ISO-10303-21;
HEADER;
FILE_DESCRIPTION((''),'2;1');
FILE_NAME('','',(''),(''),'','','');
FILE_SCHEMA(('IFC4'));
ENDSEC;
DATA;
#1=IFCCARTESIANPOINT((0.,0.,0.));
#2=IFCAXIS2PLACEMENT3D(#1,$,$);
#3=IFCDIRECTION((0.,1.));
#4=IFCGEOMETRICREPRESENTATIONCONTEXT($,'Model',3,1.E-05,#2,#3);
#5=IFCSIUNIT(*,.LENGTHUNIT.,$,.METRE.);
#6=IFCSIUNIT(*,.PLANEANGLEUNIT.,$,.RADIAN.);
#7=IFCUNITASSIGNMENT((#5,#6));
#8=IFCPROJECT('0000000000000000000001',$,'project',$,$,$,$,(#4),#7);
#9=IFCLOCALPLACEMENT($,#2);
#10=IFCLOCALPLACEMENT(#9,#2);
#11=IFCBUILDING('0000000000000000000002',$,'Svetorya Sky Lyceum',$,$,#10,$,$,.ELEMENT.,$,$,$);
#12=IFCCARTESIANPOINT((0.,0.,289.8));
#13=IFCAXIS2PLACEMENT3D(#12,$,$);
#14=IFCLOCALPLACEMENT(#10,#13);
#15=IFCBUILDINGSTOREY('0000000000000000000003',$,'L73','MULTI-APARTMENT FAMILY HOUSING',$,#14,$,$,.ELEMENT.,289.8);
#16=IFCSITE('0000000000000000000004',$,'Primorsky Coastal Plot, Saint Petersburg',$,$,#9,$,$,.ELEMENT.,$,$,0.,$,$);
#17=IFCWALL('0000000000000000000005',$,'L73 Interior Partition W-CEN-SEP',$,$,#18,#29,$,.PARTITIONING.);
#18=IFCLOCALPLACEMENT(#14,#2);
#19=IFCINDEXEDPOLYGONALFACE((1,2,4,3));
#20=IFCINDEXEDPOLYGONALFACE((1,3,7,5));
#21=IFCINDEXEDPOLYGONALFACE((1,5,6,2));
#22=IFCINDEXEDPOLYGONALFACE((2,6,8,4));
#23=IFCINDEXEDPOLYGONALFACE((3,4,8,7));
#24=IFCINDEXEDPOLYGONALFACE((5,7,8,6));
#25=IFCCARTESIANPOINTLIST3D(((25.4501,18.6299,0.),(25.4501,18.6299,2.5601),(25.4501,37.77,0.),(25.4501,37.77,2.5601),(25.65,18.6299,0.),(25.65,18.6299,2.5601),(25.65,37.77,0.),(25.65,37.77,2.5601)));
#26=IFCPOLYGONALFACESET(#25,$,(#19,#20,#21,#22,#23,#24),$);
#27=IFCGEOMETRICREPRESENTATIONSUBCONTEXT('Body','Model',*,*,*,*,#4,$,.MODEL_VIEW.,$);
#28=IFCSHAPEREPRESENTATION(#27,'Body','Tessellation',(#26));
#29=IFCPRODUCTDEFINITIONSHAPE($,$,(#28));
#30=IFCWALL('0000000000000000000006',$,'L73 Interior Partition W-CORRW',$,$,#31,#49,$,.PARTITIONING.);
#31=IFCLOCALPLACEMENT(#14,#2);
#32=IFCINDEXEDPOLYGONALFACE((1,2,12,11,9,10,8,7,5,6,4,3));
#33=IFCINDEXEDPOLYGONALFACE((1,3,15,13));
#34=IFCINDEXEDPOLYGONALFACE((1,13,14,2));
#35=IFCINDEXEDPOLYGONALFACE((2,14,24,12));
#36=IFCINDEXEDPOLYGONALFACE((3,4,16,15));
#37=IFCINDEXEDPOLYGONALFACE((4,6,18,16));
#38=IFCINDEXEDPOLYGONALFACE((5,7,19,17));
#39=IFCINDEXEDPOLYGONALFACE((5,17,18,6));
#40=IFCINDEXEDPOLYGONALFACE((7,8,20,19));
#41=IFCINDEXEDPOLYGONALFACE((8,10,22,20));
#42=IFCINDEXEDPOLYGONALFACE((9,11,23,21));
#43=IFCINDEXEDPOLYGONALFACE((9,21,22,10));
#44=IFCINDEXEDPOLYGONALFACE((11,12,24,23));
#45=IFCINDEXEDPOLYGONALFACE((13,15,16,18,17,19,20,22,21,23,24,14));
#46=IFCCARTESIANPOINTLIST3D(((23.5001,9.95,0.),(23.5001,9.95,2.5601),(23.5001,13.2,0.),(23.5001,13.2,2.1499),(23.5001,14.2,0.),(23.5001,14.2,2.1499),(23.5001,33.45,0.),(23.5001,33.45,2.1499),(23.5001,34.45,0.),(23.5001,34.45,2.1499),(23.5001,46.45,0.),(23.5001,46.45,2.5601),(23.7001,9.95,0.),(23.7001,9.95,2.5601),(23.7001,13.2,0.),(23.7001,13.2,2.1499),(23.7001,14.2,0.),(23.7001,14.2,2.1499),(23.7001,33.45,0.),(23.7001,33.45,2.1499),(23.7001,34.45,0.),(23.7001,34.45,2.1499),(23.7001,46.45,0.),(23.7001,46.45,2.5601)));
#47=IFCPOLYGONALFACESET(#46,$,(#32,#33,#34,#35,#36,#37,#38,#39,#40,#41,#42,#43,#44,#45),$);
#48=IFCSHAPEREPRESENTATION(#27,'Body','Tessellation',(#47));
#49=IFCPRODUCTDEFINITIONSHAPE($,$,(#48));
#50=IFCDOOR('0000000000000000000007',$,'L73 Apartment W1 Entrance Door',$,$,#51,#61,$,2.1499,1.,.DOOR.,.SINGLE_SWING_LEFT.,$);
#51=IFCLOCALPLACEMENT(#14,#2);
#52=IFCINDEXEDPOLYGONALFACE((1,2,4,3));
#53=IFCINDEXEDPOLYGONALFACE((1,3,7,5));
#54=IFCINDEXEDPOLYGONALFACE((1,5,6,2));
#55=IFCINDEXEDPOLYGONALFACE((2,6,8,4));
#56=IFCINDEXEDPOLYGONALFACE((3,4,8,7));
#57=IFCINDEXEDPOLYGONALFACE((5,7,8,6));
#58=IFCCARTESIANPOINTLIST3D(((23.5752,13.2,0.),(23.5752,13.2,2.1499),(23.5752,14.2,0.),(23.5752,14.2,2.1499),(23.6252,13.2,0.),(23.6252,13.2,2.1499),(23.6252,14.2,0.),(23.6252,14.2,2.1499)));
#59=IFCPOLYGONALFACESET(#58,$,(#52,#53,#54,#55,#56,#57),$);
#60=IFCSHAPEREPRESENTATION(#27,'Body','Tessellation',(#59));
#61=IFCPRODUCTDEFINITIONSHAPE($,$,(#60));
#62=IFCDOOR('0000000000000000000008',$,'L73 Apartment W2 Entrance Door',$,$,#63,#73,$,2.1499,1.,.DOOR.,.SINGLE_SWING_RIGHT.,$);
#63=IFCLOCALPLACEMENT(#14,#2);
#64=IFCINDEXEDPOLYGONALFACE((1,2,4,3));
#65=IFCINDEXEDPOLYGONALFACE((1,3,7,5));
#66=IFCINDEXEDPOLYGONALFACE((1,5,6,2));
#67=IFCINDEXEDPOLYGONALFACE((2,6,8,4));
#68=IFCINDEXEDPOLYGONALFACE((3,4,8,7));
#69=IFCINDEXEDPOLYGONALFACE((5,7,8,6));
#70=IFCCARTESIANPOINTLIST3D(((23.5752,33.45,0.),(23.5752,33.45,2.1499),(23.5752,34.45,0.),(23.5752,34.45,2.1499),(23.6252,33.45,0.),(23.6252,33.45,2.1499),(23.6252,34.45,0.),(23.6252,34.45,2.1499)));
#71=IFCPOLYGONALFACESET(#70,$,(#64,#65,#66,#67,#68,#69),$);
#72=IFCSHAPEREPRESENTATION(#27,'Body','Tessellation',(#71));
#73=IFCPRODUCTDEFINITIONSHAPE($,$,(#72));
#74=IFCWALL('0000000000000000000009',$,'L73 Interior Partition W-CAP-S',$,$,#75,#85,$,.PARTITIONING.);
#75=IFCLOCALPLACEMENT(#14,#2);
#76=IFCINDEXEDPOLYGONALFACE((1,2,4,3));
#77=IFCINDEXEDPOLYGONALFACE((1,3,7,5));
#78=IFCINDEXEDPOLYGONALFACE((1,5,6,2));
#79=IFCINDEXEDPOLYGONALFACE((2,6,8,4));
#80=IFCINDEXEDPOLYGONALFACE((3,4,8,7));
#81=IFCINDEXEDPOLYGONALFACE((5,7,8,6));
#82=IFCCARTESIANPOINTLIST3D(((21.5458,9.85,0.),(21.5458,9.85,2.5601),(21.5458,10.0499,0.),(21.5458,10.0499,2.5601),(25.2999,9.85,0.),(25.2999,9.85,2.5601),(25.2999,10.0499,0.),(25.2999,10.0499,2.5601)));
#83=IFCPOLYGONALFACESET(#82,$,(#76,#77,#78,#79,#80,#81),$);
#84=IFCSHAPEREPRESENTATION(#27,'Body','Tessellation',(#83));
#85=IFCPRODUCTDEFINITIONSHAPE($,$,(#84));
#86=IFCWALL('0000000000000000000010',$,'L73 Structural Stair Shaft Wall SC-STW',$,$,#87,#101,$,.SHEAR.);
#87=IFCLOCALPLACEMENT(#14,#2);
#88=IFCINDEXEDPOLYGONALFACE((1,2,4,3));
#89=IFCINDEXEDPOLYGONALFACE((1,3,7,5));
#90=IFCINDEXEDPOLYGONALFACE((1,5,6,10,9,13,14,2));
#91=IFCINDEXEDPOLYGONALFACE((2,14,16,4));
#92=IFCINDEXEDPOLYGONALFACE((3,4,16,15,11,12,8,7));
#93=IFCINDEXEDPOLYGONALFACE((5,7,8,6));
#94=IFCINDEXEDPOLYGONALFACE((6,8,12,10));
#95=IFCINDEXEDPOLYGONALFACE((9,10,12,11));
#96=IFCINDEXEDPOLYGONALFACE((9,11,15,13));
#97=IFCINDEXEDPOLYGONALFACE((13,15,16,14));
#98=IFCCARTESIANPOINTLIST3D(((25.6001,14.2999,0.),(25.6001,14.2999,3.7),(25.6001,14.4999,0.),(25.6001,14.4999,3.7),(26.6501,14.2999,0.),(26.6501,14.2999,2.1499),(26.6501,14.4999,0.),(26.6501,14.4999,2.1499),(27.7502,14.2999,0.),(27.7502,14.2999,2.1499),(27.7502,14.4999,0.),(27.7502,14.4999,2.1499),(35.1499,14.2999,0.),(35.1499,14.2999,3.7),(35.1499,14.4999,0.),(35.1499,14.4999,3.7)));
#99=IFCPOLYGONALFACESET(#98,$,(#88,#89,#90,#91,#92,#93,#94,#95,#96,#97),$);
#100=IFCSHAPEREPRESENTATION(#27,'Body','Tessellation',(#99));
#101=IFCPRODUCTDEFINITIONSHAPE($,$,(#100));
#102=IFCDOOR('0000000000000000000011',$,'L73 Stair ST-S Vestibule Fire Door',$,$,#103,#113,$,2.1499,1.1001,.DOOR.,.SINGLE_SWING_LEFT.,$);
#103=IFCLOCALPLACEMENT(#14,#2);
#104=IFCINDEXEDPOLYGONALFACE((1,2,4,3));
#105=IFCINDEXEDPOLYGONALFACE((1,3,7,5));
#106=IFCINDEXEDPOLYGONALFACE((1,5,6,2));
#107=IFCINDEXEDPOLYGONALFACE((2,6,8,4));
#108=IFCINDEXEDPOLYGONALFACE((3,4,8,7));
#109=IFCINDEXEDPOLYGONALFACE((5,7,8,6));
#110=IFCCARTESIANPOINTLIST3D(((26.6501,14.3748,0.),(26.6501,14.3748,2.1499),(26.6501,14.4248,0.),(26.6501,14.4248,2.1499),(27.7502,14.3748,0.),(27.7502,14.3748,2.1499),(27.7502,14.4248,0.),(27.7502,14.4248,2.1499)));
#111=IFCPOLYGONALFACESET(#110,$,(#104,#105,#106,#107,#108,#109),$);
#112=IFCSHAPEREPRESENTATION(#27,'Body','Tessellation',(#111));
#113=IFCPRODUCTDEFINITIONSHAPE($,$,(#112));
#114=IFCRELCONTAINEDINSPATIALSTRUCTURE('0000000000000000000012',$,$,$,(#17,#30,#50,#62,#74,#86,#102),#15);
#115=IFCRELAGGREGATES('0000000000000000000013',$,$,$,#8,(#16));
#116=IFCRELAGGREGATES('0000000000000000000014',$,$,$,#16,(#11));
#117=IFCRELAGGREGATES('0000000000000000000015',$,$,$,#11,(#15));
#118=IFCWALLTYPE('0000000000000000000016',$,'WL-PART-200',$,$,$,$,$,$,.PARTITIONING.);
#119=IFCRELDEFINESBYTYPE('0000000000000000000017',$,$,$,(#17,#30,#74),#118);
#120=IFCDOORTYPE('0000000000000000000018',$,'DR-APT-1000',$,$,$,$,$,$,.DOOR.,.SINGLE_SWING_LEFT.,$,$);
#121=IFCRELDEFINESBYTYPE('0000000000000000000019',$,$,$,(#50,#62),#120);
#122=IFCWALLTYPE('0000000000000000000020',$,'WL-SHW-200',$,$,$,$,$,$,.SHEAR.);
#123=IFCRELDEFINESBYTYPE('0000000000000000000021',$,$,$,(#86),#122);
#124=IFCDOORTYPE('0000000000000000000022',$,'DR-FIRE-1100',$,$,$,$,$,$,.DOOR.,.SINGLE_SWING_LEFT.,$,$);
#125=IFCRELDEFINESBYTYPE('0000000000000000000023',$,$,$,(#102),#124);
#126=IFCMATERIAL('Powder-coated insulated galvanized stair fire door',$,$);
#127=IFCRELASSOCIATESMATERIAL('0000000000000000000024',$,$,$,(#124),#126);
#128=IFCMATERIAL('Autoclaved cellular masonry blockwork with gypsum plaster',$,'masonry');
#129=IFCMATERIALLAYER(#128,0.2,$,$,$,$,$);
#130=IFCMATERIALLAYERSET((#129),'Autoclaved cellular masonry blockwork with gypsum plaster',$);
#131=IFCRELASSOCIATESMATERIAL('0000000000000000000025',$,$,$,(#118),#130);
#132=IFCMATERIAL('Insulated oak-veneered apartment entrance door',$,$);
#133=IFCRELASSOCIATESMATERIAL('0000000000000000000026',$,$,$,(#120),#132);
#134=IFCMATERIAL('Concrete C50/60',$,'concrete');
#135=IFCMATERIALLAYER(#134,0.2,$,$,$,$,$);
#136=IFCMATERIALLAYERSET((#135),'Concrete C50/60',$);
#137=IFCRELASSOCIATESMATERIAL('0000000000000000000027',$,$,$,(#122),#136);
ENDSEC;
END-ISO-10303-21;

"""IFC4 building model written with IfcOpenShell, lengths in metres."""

from ifc_helpers import new_model, si_unit, direction, frame, frame_2d, origin, place, context, subcontext, project, spatial, rectangle, extrude, material, layer, layer_set, type_object, element, fill, save


model = new_model("IFC4")

# Units and contexts
model_context = context("Model", 3, precision=1e-05, world=origin(), true_north=direction((0.0, 1.0)))
body_context = subcontext(model_context, "Body", "Model", "MODEL_VIEW")
ifc_project = project(units=[si_unit("LENGTHUNIT", "METRE"), si_unit("PLANEANGLEUNIT", "RADIAN")], contexts=[model_context])

# Site, building, storey
site_placement = place(None, origin())
site = spatial("IfcSite", under=ifc_project, at=site_placement, Name="Primorsky Coastal Plot, Saint Petersburg", CompositionType="ELEMENT", RefElevation=0.0)
building_placement = place(site_placement, origin())
building = spatial("IfcBuilding", under=site, at=building_placement, Name="Svetorya Sky Lyceum", CompositionType="ELEMENT")
storey_placement = place(building_placement, frame((0.0, 0.0, 289.8)))
storey = spatial("IfcBuildingStorey", under=building, at=storey_placement, Name="L73", Description="MULTI-APARTMENT FAMILY HOUSING", CompositionType="ELEMENT", Elevation=289.8)

# Shared definitions
ifc_material_1 = material(Name="Concrete C50/60", Category="concrete")

# Shared definitions
ifc_material_2 = material(Name="Powder-coated insulated galvanized stair fire door")
door_type_1 = type_object("IfcDoorType", Name="DR-FIRE-1100", OperationType="SINGLE_SWING_LEFT", PredefinedType="DOOR", material=ifc_material_2)

# Wall
ifc_material_3 = material(Name="Autoclaved cellular masonry blockwork with gypsum plaster", Category="masonry")
ifc_layer_1 = layer(ifc_material_3, 0.2)
ifc_layer_set_1 = layer_set([ifc_layer_1], Name="Autoclaved cellular masonry blockwork with gypsum plaster")
wall_type_1 = type_object("IfcWallType", Name="WL-PART-200", PredefinedType="PARTITIONING", material=ifc_layer_set_1)
wall_1_placement = place(storey_placement, frame((25.55, 18.6299, 0.0), z_axis=(0.0, 0.0, 1.0), x_axis=(0.0, 1.0, 0.0)))
element("IfcWall", 1, at=wall_1_placement, inside=storey, type_object=wall_type_1, Name="L73 Interior Partition W-CEN-SEP", PredefinedType="PARTITIONING", context=body_context, shape_type="SweptSolid", body=[
    extrude(rectangle(XDim=19.1401, YDim=0.2, at=frame_2d((9.5701, 0.0))), origin(), (0.0, 0.0, 1.0), 2.5601),
])

# Wall, openings, doors
wall_2_placement = place(storey_placement, frame((23.6001, 9.95, 0.0), z_axis=(0.0, 0.0, 1.0), x_axis=(0.0, 1.0, 0.0)))
wall_2 = element("IfcWall", 2, at=wall_2_placement, inside=storey, type_object=wall_type_1, Name="L73 Interior Partition W-CORRW", PredefinedType="PARTITIONING", context=body_context, shape_type="SweptSolid", body=[
    extrude(rectangle(XDim=36.5, YDim=0.2, at=frame_2d((18.25, 0.0))), origin(), (0.0, 0.0, 1.0), 2.5601),
])
opening_1_placement = place(wall_2_placement, frame((3.25, 0.0, 0.0)))
opening_1 = element("IfcOpeningElement", 3, at=opening_1_placement, cuts=wall_2, PredefinedType="OPENING", context=body_context, shape_type="SweptSolid", body=[
    extrude(rectangle(XDim=1.0, YDim=2.1499, at=frame_2d((0.5, 1.075))), frame((0.0, 0.1099, 0.0), z_axis=(0.0, -1.0, 0.0), x_axis=(1.0, 0.0, 0.0)), (0.0, 0.0, 1.0), 0.22),
])
opening_2_placement = place(wall_2_placement, frame((23.5, 0.0, 0.0)))
opening_2 = element("IfcOpeningElement", 4, at=opening_2_placement, cuts=wall_2, PredefinedType="OPENING", context=body_context, shape_type="SweptSolid", body=[
    extrude(rectangle(XDim=1.0, YDim=2.1499, at=frame_2d((0.5, 1.075))), frame((0.0, 0.1099, 0.0), z_axis=(0.0, -1.0, 0.0), x_axis=(1.0, 0.0, 0.0)), (0.0, 0.0, 1.0), 0.22),
])
ifc_material_4 = material(Name="Insulated oak-veneered apartment entrance door")
door_type_2 = type_object("IfcDoorType", Name="DR-APT-1000", OperationType="SINGLE_SWING_LEFT", PredefinedType="DOOR", material=ifc_material_4)
door_1_placement = place(opening_1_placement, origin())
door_1 = element("IfcDoor", 5, at=door_1_placement, inside=storey, type_object=door_type_2, Name="L73 Apartment W1 Entrance Door", OperationType="SINGLE_SWING_LEFT", OverallHeight=2.1499, OverallWidth=1.0, PredefinedType="DOOR", context=body_context, shape_type="SweptSolid", body=[
    extrude(rectangle(XDim=1.0, YDim=2.1499, at=frame_2d((0.5, 1.075))), frame((0.0, 0.0249, 0.0), z_axis=(0.0, -1.0, 0.0), x_axis=(1.0, 0.0, 0.0)), (0.0, 0.0, 1.0), 0.05),
])
fill(opening_1, door_1)
door_2_placement = place(opening_2_placement, origin())
door_2 = element("IfcDoor", 6, at=door_2_placement, inside=storey, type_object=door_type_2, Name="L73 Apartment W2 Entrance Door", OperationType="SINGLE_SWING_RIGHT", OverallHeight=2.1499, OverallWidth=1.0, PredefinedType="DOOR", context=body_context, shape_type="SweptSolid", body=[
    extrude(rectangle(XDim=1.0, YDim=2.1499, at=frame_2d((0.5, 1.075))), frame((0.0, 0.0249, 0.0), z_axis=(0.0, -1.0, 0.0), x_axis=(1.0, 0.0, 0.0)), (0.0, 0.0, 1.0), 0.05),
])
fill(opening_2, door_2)

# Wall
wall_3_placement = place(storey_placement, frame((21.5459, 9.95, 0.0), z_axis=(0.0, 0.0, 1.0), x_axis=(1.0, 0.0, 0.0)))
element("IfcWall", 7, at=wall_3_placement, inside=storey, type_object=wall_type_1, Name="L73 Interior Partition W-CAP-S", PredefinedType="PARTITIONING", context=body_context, shape_type="SweptSolid", body=[
    extrude(rectangle(XDim=3.7542, YDim=0.2, at=frame_2d((1.877, 0.0))), origin(), (0.0, 0.0, 1.0), 2.5601),
])

# Wall, opening, door
ifc_layer_2 = layer(ifc_material_1, 0.2)
ifc_layer_set_2 = layer_set([ifc_layer_2], Name="Concrete C50/60")
wall_type_2 = type_object("IfcWallType", Name="WL-SHW-200", PredefinedType="SHEAR", material=ifc_layer_set_2)
wall_4_placement = place(storey_placement, frame((25.6001, 14.3999, 0.0), z_axis=(0.0, 0.0, 1.0), x_axis=(1.0, 0.0, 0.0)))
wall_4 = element("IfcWall", 8, at=wall_4_placement, inside=storey, type_object=wall_type_2, Name="L73 Structural Stair Shaft Wall SC-STW", PredefinedType="SHEAR", context=body_context, shape_type="SweptSolid", body=[
    extrude(rectangle(XDim=9.5498, YDim=0.2, at=frame_2d((4.7749, 0.0))), origin(), (0.0, 0.0, 1.0), 3.7),
])
opening_3_placement = place(wall_4_placement, frame((1.05, 0.0, 0.0)))
opening_3 = element("IfcOpeningElement", 9, at=opening_3_placement, cuts=wall_4, PredefinedType="OPENING", context=body_context, shape_type="SweptSolid", body=[
    extrude(rectangle(XDim=1.1001, YDim=2.1499, at=frame_2d((0.55, 1.075))), frame((0.0, 0.1099, 0.0), z_axis=(0.0, -1.0, 0.0), x_axis=(1.0, 0.0, 0.0)), (0.0, 0.0, 1.0), 0.22),
])
door_3_placement = place(opening_3_placement, origin())
door_3 = element("IfcDoor", 10, at=door_3_placement, inside=storey, type_object=door_type_1, Name="L73 Stair ST-S Vestibule Fire Door", OperationType="SINGLE_SWING_LEFT", OverallHeight=2.1499, OverallWidth=1.1001, PredefinedType="DOOR", context=body_context, shape_type="SweptSolid", body=[
    extrude(rectangle(XDim=1.1001, YDim=2.1499, at=frame_2d((0.55, 1.075))), frame((0.0, 0.0249, 0.0), z_axis=(0.0, -1.0, 0.0), x_axis=(1.0, 0.0, 0.0)), (0.0, 0.0, 1.0), 0.05),
])
fill(opening_3, door_3)

save(model, "model.ifc")
